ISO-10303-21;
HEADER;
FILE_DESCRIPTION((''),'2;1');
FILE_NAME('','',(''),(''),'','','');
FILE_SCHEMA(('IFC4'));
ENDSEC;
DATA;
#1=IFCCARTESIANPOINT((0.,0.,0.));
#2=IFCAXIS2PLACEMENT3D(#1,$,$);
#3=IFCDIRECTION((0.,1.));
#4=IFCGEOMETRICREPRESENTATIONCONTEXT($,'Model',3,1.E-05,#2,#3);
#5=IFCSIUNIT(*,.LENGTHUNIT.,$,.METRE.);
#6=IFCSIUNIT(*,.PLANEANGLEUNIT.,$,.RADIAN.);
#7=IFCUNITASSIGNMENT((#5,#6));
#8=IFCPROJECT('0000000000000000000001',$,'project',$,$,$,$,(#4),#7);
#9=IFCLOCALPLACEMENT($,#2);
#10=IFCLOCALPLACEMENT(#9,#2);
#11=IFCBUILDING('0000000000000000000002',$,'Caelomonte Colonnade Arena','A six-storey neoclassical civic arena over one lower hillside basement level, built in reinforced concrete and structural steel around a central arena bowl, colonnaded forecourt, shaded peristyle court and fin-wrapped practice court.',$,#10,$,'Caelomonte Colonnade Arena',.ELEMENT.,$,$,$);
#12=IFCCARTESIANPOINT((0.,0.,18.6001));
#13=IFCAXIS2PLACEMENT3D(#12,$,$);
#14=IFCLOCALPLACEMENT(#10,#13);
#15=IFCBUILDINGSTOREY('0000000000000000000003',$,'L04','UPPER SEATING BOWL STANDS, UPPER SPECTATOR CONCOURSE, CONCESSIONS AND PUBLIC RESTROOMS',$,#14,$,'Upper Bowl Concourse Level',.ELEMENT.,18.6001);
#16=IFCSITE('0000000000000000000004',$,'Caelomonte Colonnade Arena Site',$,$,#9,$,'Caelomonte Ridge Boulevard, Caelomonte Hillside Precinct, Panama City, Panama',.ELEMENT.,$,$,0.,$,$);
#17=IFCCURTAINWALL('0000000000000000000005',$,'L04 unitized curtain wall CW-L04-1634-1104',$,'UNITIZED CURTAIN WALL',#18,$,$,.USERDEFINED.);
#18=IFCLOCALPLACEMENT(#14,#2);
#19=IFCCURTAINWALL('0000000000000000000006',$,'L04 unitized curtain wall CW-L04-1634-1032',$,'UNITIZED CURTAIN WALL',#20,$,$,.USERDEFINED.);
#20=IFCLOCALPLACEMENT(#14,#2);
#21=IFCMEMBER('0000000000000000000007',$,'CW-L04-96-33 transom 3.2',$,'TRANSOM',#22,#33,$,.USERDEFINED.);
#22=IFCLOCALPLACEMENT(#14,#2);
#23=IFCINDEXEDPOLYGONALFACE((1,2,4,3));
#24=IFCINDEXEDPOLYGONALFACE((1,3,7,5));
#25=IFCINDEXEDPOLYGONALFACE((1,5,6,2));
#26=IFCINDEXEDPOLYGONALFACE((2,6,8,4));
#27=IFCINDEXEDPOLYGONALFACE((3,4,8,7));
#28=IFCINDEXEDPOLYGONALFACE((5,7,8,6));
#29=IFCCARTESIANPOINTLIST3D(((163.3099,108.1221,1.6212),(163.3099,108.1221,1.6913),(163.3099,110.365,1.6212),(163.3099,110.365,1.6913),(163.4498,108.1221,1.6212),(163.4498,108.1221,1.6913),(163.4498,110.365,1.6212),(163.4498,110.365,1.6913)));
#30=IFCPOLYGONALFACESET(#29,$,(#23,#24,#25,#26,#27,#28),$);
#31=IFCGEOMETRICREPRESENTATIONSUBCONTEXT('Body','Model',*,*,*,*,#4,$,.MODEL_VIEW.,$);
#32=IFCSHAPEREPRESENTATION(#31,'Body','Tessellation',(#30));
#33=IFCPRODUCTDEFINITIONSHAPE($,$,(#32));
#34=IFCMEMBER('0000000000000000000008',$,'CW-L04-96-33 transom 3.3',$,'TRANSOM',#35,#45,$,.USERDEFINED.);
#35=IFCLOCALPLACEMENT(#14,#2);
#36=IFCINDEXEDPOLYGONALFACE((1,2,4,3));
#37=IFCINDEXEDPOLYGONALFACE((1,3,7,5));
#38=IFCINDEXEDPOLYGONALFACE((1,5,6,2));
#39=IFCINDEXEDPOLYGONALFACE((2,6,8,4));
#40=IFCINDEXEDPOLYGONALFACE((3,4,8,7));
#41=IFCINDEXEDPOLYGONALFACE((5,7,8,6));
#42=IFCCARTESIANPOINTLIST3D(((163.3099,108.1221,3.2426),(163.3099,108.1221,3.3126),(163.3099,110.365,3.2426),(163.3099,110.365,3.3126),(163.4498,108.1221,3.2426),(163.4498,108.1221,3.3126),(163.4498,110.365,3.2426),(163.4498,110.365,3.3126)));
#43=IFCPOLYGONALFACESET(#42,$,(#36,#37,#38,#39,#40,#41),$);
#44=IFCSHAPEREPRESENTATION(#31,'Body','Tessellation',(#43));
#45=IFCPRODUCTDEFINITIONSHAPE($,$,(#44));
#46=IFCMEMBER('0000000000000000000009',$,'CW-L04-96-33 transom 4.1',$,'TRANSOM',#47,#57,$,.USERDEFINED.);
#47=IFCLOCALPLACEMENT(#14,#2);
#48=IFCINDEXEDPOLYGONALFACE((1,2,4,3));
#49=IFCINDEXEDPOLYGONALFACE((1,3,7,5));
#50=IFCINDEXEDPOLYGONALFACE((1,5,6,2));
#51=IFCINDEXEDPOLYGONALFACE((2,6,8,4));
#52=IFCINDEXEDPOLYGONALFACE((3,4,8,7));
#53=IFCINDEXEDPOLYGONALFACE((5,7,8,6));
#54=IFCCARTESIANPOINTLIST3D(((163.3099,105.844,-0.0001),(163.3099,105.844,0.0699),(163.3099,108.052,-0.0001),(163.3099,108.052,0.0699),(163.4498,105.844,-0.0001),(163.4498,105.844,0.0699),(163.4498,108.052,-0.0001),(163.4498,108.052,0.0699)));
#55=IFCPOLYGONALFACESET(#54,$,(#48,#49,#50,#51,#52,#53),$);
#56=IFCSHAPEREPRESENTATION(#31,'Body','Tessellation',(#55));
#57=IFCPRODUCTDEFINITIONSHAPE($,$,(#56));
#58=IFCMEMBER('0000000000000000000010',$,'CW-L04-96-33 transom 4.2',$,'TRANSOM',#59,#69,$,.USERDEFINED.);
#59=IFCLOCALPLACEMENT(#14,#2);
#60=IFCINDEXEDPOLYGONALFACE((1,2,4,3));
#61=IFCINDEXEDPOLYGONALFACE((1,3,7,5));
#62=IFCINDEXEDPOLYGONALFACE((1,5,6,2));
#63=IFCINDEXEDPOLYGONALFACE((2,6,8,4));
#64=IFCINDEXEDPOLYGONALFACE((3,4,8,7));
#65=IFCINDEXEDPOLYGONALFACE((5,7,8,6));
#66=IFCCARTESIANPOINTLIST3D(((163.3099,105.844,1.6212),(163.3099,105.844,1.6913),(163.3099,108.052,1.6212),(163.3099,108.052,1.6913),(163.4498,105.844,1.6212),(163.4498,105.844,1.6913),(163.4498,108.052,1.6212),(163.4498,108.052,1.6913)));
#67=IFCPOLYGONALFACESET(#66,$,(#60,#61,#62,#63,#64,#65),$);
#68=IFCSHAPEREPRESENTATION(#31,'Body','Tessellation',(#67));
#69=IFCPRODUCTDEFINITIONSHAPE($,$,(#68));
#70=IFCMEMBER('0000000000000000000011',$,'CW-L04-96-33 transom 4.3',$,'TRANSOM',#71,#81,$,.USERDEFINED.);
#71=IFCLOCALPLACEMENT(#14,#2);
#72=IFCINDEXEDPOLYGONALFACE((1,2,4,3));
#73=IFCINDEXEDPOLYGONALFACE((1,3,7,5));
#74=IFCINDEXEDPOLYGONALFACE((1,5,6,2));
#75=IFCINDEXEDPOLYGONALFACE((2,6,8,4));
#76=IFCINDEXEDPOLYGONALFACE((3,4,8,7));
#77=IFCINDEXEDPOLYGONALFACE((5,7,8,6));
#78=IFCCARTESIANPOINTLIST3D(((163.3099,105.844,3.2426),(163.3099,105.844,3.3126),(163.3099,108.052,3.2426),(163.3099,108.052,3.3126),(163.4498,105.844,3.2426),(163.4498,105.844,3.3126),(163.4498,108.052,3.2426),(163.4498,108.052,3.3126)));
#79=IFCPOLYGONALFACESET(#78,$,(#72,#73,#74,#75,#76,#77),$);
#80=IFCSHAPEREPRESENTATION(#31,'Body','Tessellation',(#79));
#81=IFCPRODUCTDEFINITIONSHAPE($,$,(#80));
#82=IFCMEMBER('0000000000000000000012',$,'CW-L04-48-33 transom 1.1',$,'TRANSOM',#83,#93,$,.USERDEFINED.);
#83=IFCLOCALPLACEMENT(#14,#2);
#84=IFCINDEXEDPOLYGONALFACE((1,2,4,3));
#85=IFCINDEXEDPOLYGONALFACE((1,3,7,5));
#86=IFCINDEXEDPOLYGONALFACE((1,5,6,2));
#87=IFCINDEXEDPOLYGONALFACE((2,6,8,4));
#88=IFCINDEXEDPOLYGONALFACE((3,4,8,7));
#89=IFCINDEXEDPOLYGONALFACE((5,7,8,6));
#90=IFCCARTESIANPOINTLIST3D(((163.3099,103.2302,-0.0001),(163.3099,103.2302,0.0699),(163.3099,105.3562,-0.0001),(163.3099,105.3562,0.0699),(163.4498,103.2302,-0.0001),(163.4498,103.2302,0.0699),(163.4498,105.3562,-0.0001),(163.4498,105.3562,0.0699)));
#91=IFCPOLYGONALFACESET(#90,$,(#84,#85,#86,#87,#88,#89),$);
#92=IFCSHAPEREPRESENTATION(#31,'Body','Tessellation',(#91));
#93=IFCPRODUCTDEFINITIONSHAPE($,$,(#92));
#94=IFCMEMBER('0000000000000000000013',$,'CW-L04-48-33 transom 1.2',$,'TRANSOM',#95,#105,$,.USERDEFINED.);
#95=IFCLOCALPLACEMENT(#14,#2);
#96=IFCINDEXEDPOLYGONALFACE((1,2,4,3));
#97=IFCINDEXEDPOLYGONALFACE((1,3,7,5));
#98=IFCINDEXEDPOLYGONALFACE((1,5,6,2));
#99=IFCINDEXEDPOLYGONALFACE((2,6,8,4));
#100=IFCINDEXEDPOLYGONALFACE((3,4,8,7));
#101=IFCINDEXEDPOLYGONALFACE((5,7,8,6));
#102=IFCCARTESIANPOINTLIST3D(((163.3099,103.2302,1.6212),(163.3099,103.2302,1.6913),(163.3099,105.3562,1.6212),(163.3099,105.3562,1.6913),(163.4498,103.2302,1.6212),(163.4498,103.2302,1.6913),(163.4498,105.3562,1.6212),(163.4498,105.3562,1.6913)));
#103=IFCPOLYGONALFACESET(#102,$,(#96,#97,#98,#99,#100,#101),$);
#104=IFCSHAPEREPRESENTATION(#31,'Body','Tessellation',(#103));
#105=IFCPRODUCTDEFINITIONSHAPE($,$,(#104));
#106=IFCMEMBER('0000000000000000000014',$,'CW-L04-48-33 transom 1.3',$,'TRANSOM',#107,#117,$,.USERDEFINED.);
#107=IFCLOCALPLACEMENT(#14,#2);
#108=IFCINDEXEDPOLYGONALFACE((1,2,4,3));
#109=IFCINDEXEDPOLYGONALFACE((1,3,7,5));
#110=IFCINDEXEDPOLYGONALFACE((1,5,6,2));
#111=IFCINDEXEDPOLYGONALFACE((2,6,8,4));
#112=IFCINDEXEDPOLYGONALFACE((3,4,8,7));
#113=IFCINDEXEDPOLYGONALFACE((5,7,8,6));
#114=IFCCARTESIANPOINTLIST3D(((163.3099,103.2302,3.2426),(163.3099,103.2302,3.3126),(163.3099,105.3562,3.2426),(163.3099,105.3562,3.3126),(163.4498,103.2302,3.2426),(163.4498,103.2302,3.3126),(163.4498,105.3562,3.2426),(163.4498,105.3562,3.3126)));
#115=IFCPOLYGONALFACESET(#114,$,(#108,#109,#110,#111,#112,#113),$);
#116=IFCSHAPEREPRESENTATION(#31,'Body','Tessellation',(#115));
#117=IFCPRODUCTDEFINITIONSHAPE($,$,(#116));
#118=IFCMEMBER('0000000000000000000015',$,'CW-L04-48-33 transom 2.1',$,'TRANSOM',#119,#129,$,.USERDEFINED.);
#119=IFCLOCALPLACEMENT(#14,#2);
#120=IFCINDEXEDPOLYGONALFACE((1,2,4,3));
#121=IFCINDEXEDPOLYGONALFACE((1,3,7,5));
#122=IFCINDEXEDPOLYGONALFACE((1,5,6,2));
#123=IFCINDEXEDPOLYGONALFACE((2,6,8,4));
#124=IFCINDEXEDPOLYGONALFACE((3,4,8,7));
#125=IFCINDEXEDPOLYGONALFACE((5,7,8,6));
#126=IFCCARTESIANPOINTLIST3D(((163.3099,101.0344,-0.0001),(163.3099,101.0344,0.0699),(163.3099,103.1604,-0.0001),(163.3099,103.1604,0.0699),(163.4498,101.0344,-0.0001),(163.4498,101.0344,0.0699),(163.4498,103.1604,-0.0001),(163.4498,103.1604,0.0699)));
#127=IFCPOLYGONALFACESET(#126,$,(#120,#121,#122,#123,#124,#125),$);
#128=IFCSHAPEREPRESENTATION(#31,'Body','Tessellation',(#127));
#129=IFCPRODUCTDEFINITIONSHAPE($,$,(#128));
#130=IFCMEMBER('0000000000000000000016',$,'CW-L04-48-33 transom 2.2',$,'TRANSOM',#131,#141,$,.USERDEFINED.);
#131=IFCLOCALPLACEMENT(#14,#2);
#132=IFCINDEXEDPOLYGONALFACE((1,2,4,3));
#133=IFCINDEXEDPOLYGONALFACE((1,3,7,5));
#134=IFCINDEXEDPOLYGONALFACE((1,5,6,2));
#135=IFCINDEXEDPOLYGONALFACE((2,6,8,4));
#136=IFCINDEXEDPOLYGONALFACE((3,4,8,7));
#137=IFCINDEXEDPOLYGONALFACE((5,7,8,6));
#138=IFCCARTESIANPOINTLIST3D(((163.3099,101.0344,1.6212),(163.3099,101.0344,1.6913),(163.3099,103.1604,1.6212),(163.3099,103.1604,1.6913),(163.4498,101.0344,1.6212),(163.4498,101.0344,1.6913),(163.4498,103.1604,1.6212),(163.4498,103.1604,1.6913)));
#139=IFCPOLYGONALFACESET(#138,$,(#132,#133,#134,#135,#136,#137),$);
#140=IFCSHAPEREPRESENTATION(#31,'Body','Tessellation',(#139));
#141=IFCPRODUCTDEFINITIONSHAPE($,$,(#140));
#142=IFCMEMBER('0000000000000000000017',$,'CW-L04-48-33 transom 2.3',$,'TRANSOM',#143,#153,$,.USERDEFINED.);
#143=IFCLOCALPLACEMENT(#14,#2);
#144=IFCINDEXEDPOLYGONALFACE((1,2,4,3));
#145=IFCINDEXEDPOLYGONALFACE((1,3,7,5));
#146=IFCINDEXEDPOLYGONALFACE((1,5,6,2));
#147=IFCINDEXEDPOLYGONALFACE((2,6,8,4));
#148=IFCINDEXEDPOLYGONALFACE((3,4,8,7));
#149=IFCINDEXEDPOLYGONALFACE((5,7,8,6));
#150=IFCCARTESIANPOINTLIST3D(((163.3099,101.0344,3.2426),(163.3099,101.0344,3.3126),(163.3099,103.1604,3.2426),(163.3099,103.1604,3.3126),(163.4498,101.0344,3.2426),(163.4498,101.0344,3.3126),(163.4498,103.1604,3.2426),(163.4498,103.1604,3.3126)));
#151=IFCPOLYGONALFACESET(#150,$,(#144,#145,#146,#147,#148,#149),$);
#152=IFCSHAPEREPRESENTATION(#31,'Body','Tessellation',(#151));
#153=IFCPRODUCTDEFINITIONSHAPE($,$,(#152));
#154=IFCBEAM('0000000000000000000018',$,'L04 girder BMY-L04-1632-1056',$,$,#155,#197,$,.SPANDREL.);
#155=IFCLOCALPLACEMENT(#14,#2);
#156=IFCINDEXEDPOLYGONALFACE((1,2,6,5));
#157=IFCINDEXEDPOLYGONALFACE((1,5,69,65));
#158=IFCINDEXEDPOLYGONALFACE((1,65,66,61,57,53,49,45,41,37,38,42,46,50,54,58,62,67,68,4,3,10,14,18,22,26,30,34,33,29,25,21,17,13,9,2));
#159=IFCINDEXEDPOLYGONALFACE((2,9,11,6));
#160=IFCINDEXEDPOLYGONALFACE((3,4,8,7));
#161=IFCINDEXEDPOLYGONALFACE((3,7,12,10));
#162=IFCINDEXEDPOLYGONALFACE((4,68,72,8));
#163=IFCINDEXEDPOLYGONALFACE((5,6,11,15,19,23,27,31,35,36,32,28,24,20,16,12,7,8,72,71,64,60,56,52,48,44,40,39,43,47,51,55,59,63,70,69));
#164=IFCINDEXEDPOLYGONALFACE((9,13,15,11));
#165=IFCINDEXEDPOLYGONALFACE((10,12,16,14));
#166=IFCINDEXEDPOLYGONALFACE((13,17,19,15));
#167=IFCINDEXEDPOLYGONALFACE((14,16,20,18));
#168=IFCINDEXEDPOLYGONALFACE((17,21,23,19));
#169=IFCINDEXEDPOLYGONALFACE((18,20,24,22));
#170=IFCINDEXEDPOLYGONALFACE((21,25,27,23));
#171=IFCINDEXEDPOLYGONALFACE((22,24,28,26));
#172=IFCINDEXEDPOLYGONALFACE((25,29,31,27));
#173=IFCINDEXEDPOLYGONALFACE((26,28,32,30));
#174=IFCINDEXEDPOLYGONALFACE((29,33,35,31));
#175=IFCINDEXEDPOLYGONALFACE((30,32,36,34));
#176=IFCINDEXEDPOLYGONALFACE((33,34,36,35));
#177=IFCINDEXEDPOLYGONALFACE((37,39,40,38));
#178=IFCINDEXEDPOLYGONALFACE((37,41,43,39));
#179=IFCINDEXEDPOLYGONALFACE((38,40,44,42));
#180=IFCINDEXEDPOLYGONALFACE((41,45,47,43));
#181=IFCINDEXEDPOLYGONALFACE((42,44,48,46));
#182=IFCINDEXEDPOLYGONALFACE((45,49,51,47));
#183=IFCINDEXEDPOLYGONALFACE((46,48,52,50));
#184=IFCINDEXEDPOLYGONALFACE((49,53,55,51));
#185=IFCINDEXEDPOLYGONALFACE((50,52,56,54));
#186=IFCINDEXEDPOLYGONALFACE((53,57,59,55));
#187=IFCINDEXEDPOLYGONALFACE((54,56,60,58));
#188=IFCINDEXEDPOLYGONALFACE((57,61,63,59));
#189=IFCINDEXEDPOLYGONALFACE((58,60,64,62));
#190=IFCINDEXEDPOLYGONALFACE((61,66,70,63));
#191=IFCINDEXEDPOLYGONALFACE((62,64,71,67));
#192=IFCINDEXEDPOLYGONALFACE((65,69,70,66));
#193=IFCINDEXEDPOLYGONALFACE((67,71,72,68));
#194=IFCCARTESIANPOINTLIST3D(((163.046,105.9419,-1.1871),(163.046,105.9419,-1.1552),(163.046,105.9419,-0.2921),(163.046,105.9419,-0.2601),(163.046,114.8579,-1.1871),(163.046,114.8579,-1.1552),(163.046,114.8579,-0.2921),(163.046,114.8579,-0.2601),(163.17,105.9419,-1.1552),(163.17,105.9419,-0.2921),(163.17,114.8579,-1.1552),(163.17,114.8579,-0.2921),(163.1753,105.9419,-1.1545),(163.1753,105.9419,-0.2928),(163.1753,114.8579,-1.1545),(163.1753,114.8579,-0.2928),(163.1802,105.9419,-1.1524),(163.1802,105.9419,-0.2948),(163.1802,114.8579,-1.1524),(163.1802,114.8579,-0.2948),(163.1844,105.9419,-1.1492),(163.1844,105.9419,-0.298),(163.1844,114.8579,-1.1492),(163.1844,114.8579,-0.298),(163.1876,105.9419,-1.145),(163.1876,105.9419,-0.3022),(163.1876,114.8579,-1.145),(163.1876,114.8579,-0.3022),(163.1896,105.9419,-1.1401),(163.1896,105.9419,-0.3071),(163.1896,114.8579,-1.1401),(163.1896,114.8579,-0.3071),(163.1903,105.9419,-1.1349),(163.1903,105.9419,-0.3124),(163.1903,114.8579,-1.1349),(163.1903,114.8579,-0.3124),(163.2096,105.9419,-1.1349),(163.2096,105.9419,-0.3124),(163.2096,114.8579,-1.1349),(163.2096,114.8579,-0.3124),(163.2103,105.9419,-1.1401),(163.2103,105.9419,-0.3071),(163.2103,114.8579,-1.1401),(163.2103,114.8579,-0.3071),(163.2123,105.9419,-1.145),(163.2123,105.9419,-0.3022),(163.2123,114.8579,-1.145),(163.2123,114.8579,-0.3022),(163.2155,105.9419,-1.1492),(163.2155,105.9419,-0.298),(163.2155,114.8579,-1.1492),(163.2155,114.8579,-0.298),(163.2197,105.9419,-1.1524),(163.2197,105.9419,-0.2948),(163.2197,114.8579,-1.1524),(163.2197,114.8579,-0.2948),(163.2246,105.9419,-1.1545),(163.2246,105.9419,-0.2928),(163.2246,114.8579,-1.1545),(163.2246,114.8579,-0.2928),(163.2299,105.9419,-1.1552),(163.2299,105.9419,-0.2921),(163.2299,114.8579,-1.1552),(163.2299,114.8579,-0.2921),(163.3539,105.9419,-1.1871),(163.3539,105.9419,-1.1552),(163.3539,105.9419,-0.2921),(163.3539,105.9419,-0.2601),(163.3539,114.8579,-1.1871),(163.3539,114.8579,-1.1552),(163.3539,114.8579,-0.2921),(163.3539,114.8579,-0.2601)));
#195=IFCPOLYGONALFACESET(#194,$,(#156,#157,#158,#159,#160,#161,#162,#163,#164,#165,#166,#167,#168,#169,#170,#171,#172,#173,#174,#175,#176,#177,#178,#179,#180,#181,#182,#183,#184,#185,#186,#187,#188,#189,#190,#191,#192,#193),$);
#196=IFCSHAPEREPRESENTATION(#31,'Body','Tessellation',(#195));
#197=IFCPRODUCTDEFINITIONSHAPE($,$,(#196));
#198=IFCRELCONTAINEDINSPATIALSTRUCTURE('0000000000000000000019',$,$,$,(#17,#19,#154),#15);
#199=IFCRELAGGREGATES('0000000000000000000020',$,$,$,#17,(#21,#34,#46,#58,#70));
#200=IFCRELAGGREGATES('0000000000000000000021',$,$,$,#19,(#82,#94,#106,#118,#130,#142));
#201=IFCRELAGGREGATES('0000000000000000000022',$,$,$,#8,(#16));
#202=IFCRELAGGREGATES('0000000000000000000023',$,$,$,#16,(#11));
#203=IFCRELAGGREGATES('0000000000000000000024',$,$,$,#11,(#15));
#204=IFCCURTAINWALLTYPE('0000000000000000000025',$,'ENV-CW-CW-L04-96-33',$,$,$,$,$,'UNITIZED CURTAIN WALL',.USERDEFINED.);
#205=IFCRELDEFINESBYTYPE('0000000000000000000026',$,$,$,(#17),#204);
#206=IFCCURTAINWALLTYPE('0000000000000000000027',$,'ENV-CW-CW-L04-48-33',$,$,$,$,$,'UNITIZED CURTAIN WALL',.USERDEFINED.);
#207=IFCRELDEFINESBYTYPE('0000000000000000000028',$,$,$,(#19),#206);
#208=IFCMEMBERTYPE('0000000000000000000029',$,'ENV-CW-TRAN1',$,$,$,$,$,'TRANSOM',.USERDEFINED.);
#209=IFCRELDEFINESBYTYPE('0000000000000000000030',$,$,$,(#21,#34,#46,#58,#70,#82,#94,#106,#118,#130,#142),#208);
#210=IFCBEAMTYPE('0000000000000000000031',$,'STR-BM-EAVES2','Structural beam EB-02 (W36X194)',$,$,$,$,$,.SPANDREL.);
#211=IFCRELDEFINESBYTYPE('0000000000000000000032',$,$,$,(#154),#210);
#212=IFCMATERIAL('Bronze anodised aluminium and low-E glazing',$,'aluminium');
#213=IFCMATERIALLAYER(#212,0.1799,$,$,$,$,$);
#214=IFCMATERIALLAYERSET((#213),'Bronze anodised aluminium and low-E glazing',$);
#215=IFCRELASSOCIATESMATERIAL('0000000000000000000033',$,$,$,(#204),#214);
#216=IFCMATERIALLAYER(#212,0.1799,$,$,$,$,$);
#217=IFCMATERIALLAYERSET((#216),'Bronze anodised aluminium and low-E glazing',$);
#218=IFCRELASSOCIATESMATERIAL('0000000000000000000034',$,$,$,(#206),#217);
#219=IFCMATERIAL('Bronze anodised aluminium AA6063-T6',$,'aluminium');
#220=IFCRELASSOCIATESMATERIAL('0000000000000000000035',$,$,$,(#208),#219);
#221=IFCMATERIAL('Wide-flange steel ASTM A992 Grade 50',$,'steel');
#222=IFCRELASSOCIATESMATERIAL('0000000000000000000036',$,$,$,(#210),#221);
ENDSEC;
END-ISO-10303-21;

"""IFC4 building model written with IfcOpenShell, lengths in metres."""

from ifc_helpers import new_model, si_unit, direction, frame, origin, origin_2d, place, context, subcontext, project, spatial, rectangle, i_section, extrude, material, layer, layer_set, material_profile, profile_set, type_object, element, aggregate, save


model = new_model("IFC4")

# Units and contexts
model_context = context("Model", 3, precision=1e-05, world=origin(), true_north=direction((0.0, 1.0)))
body_context = subcontext(model_context, "Body", "Model", "MODEL_VIEW")
ifc_project = project(units=[si_unit("LENGTHUNIT", "METRE"), si_unit("PLANEANGLEUNIT", "RADIAN")], contexts=[model_context])

# Site, building, storey
site_placement = place(None, origin())
site = spatial("IfcSite", under=ifc_project, at=site_placement, Name="Caelomonte Colonnade Arena Site", LongName="Caelomonte Ridge Boulevard, Caelomonte Hillside Precinct, Panama City, Panama", CompositionType="ELEMENT", RefElevation=0.0)
building_placement = place(site_placement, origin())
building = spatial("IfcBuilding", under=site, at=building_placement, Name="Caelomonte Colonnade Arena", Description="A six-storey neoclassical civic arena over one lower hillside basement level, built in reinforced concrete and structural steel around a central arena bowl, colonnaded forecourt, shaded peristyle court and fin-wrapped practice court.", LongName="Caelomonte Colonnade Arena", CompositionType="ELEMENT")
storey_placement = place(building_placement, frame((0.0, 0.0, 18.6001)))
storey = spatial("IfcBuildingStorey", under=building, at=storey_placement, Name="L04", Description="UPPER SEATING BOWL STANDS, UPPER SPECTATOR CONCOURSE, CONCESSIONS AND PUBLIC RESTROOMS", LongName="Upper Bowl Concourse Level", CompositionType="ELEMENT", Elevation=18.6001)

# Shared definitions
ifc_material_1 = material(Name="Wide-flange steel ASTM A992 Grade 50", Category="steel")

# Curtain walls
ifc_material_2 = material(Name="Bronze anodised aluminium and low-E glazing", Category="aluminium")
ifc_layer_1 = layer(ifc_material_2, 0.1799)
ifc_layer_set_1 = layer_set([ifc_layer_1], Name="Bronze anodised aluminium and low-E glazing")
curtain_wall_type_1 = type_object("IfcCurtainWallType", Name="ENV-CW-CW-L04-96-33", ElementType="UNITIZED CURTAIN WALL", PredefinedType="USERDEFINED", material=ifc_layer_set_1)
curtain_wall_1_placement = place(storey_placement, origin())
curtain_wall_1 = element("IfcCurtainWall", 1, at=curtain_wall_1_placement, inside=storey, type_object=curtain_wall_type_1, Name="L04 unitized curtain wall CW-L04-1634-1104", ObjectType="UNITIZED CURTAIN WALL", PredefinedType="USERDEFINED")
ifc_material_3 = material(Name="Bronze anodised aluminium AA6063-T6", Category="aluminium")
ifc_layer_2 = layer(ifc_material_2, 0.1799)
ifc_layer_set_2 = layer_set([ifc_layer_2], Name="Bronze anodised aluminium and low-E glazing")
curtain_wall_type_2 = type_object("IfcCurtainWallType", Name="ENV-CW-CW-L04-48-33", ElementType="UNITIZED CURTAIN WALL", PredefinedType="USERDEFINED", material=ifc_layer_set_2)
curtain_wall_2_placement = place(storey_placement, origin())
curtain_wall_2 = element("IfcCurtainWall", 2, at=curtain_wall_2_placement, inside=storey, type_object=curtain_wall_type_2, Name="L04 unitized curtain wall CW-L04-1634-1032", ObjectType="UNITIZED CURTAIN WALL", PredefinedType="USERDEFINED")

# Members
ifc_material_profile_1 = material_profile(ifc_material_3, rectangle(XDim=0.0701, YDim=0.1399, at=origin_2d()), Name="CWT-70X140")
ifc_profile_set_1 = profile_set([ifc_material_profile_1], Name="Bronze anodised aluminium AA6063-T6")
member_type_1 = type_object("IfcMemberType", Name="ENV-CW-TRAN1", ElementType="TRANSOM", PredefinedType="USERDEFINED", material=ifc_profile_set_1)
member_1_placement = place(storey_placement, frame((163.3799, 110.365, 1.6562), z_axis=(0.0, -1.0, 0.0), x_axis=(0.0, 0.0, 1.0)))
member_1 = element("IfcMember", 3, at=member_1_placement, type_object=member_type_1, Name="CW-L04-96-33 transom 3.2", ObjectType="TRANSOM", PredefinedType="USERDEFINED", context=body_context, shape_type="SweptSolid", body=[
    extrude(rectangle(XDim=0.0701, YDim=0.1399, at=origin_2d()), origin(), (0.0, 0.0, 1.0), 2.2429),
])
member_2_placement = place(storey_placement, frame((163.3799, 110.365, 3.2776), z_axis=(0.0, -1.0, 0.0), x_axis=(0.0, 0.0, 1.0)))
member_2 = element("IfcMember", 4, at=member_2_placement, type_object=member_type_1, Name="CW-L04-96-33 transom 3.3", ObjectType="TRANSOM", PredefinedType="USERDEFINED", context=body_context, shape_type="SweptSolid", body=[
    extrude(rectangle(XDim=0.0701, YDim=0.1399, at=origin_2d()), origin(), (0.0, 0.0, 1.0), 2.2429),
])
member_3_placement = place(storey_placement, frame((163.3799, 108.052, 0.0349), z_axis=(0.0, -1.0, 0.0), x_axis=(0.0, 0.0, 1.0)))
member_3 = element("IfcMember", 5, at=member_3_placement, type_object=member_type_1, Name="CW-L04-96-33 transom 4.1", ObjectType="TRANSOM", PredefinedType="USERDEFINED", context=body_context, shape_type="SweptSolid", body=[
    extrude(rectangle(XDim=0.0701, YDim=0.1399, at=origin_2d()), origin(), (0.0, 0.0, 1.0), 2.208),
])
member_4_placement = place(storey_placement, frame((163.3799, 108.052, 1.6562), z_axis=(0.0, -1.0, 0.0), x_axis=(0.0, 0.0, 1.0)))
member_4 = element("IfcMember", 6, at=member_4_placement, type_object=member_type_1, Name="CW-L04-96-33 transom 4.2", ObjectType="TRANSOM", PredefinedType="USERDEFINED", context=body_context, shape_type="SweptSolid", body=[
    extrude(rectangle(XDim=0.0701, YDim=0.1399, at=origin_2d()), origin(), (0.0, 0.0, 1.0), 2.208),
])
member_5_placement = place(storey_placement, frame((163.3799, 108.052, 3.2776), z_axis=(0.0, -1.0, 0.0), x_axis=(0.0, 0.0, 1.0)))
member_5 = element("IfcMember", 7, at=member_5_placement, type_object=member_type_1, Name="CW-L04-96-33 transom 4.3", ObjectType="TRANSOM", PredefinedType="USERDEFINED", context=body_context, shape_type="SweptSolid", body=[
    extrude(rectangle(XDim=0.0701, YDim=0.1399, at=origin_2d()), origin(), (0.0, 0.0, 1.0), 2.208),
])
member_6_placement = place(storey_placement, frame((163.3799, 105.3562, 0.0349), z_axis=(0.0, -1.0, 0.0), x_axis=(0.0, 0.0, 1.0)))
member_6 = element("IfcMember", 8, at=member_6_placement, type_object=member_type_1, Name="CW-L04-48-33 transom 1.1", ObjectType="TRANSOM", PredefinedType="USERDEFINED", context=body_context, shape_type="SweptSolid", body=[
    extrude(rectangle(XDim=0.0701, YDim=0.1399, at=origin_2d()), origin(), (0.0, 0.0, 1.0), 2.126),
])
member_7_placement = place(storey_placement, frame((163.3799, 105.3562, 1.6562), z_axis=(0.0, -1.0, 0.0), x_axis=(0.0, 0.0, 1.0)))
member_7 = element("IfcMember", 9, at=member_7_placement, type_object=member_type_1, Name="CW-L04-48-33 transom 1.2", ObjectType="TRANSOM", PredefinedType="USERDEFINED", context=body_context, shape_type="SweptSolid", body=[
    extrude(rectangle(XDim=0.0701, YDim=0.1399, at=origin_2d()), origin(), (0.0, 0.0, 1.0), 2.126),
])
member_8_placement = place(storey_placement, frame((163.3799, 105.3562, 3.2776), z_axis=(0.0, -1.0, 0.0), x_axis=(0.0, 0.0, 1.0)))
member_8 = element("IfcMember", 10, at=member_8_placement, type_object=member_type_1, Name="CW-L04-48-33 transom 1.3", ObjectType="TRANSOM", PredefinedType="USERDEFINED", context=body_context, shape_type="SweptSolid", body=[
    extrude(rectangle(XDim=0.0701, YDim=0.1399, at=origin_2d()), origin(), (0.0, 0.0, 1.0), 2.126),
])
member_9_placement = place(storey_placement, frame((163.3799, 103.1604, 0.0349), z_axis=(0.0, -1.0, 0.0), x_axis=(0.0, 0.0, 1.0)))
member_9 = element("IfcMember", 11, at=member_9_placement, type_object=member_type_1, Name="CW-L04-48-33 transom 2.1", ObjectType="TRANSOM", PredefinedType="USERDEFINED", context=body_context, shape_type="SweptSolid", body=[
    extrude(rectangle(XDim=0.0701, YDim=0.1399, at=origin_2d()), origin(), (0.0, 0.0, 1.0), 2.126),
])
member_10_placement = place(storey_placement, frame((163.3799, 103.1604, 1.6562), z_axis=(0.0, -1.0, 0.0), x_axis=(0.0, 0.0, 1.0)))
member_10 = element("IfcMember", 12, at=member_10_placement, type_object=member_type_1, Name="CW-L04-48-33 transom 2.2", ObjectType="TRANSOM", PredefinedType="USERDEFINED", context=body_context, shape_type="SweptSolid", body=[
    extrude(rectangle(XDim=0.0701, YDim=0.1399, at=origin_2d()), origin(), (0.0, 0.0, 1.0), 2.126),
])
member_11_placement = place(storey_placement, frame((163.3799, 103.1604, 3.2776), z_axis=(0.0, -1.0, 0.0), x_axis=(0.0, 0.0, 1.0)))
member_11 = element("IfcMember", 13, at=member_11_placement, type_object=member_type_1, Name="CW-L04-48-33 transom 2.3", ObjectType="TRANSOM", PredefinedType="USERDEFINED", context=body_context, shape_type="SweptSolid", body=[
    extrude(rectangle(XDim=0.0701, YDim=0.1399, at=origin_2d()), origin(), (0.0, 0.0, 1.0), 2.126),
])

# Beam
ifc_material_profile_2 = material_profile(ifc_material_1, i_section(OverallWidth=0.3079, OverallDepth=0.927, WebThickness=0.0193, FlangeThickness=0.032, FilletRadius=0.0203, at=origin_2d()), Name="W36X194")
ifc_profile_set_2 = profile_set([ifc_material_profile_2], Name="Wide-flange steel ASTM A992 Grade 50")
beam_type_1 = type_object("IfcBeamType", Name="STR-BM-EAVES2", Description="Structural beam EB-02 (W36X194)", PredefinedType="SPANDREL", material=ifc_profile_set_2)
beam_placement = place(storey_placement, frame((163.2, 105.9419, -0.7236), z_axis=(0.0, 1.0, 0.0), x_axis=(-1.0, 0.0, 0.0)))
element("IfcBeam", 14, at=beam_placement, inside=storey, type_object=beam_type_1, Name="L04 girder BMY-L04-1632-1056", PredefinedType="SPANDREL", context=body_context, shape_type="SweptSolid", body=[
    extrude(i_section(OverallWidth=0.3079, OverallDepth=0.927, WebThickness=0.0193, FlangeThickness=0.032, FilletRadius=0.0203, at=origin_2d()), origin(), (0.0, 0.0, 1.0), 8.916),
])

aggregate(curtain_wall_1, [member_1, member_2, member_3, member_4, member_5])
aggregate(curtain_wall_2, [member_6, member_7, member_8, member_9, member_10, member_11])

save(model, "model.ifc")
